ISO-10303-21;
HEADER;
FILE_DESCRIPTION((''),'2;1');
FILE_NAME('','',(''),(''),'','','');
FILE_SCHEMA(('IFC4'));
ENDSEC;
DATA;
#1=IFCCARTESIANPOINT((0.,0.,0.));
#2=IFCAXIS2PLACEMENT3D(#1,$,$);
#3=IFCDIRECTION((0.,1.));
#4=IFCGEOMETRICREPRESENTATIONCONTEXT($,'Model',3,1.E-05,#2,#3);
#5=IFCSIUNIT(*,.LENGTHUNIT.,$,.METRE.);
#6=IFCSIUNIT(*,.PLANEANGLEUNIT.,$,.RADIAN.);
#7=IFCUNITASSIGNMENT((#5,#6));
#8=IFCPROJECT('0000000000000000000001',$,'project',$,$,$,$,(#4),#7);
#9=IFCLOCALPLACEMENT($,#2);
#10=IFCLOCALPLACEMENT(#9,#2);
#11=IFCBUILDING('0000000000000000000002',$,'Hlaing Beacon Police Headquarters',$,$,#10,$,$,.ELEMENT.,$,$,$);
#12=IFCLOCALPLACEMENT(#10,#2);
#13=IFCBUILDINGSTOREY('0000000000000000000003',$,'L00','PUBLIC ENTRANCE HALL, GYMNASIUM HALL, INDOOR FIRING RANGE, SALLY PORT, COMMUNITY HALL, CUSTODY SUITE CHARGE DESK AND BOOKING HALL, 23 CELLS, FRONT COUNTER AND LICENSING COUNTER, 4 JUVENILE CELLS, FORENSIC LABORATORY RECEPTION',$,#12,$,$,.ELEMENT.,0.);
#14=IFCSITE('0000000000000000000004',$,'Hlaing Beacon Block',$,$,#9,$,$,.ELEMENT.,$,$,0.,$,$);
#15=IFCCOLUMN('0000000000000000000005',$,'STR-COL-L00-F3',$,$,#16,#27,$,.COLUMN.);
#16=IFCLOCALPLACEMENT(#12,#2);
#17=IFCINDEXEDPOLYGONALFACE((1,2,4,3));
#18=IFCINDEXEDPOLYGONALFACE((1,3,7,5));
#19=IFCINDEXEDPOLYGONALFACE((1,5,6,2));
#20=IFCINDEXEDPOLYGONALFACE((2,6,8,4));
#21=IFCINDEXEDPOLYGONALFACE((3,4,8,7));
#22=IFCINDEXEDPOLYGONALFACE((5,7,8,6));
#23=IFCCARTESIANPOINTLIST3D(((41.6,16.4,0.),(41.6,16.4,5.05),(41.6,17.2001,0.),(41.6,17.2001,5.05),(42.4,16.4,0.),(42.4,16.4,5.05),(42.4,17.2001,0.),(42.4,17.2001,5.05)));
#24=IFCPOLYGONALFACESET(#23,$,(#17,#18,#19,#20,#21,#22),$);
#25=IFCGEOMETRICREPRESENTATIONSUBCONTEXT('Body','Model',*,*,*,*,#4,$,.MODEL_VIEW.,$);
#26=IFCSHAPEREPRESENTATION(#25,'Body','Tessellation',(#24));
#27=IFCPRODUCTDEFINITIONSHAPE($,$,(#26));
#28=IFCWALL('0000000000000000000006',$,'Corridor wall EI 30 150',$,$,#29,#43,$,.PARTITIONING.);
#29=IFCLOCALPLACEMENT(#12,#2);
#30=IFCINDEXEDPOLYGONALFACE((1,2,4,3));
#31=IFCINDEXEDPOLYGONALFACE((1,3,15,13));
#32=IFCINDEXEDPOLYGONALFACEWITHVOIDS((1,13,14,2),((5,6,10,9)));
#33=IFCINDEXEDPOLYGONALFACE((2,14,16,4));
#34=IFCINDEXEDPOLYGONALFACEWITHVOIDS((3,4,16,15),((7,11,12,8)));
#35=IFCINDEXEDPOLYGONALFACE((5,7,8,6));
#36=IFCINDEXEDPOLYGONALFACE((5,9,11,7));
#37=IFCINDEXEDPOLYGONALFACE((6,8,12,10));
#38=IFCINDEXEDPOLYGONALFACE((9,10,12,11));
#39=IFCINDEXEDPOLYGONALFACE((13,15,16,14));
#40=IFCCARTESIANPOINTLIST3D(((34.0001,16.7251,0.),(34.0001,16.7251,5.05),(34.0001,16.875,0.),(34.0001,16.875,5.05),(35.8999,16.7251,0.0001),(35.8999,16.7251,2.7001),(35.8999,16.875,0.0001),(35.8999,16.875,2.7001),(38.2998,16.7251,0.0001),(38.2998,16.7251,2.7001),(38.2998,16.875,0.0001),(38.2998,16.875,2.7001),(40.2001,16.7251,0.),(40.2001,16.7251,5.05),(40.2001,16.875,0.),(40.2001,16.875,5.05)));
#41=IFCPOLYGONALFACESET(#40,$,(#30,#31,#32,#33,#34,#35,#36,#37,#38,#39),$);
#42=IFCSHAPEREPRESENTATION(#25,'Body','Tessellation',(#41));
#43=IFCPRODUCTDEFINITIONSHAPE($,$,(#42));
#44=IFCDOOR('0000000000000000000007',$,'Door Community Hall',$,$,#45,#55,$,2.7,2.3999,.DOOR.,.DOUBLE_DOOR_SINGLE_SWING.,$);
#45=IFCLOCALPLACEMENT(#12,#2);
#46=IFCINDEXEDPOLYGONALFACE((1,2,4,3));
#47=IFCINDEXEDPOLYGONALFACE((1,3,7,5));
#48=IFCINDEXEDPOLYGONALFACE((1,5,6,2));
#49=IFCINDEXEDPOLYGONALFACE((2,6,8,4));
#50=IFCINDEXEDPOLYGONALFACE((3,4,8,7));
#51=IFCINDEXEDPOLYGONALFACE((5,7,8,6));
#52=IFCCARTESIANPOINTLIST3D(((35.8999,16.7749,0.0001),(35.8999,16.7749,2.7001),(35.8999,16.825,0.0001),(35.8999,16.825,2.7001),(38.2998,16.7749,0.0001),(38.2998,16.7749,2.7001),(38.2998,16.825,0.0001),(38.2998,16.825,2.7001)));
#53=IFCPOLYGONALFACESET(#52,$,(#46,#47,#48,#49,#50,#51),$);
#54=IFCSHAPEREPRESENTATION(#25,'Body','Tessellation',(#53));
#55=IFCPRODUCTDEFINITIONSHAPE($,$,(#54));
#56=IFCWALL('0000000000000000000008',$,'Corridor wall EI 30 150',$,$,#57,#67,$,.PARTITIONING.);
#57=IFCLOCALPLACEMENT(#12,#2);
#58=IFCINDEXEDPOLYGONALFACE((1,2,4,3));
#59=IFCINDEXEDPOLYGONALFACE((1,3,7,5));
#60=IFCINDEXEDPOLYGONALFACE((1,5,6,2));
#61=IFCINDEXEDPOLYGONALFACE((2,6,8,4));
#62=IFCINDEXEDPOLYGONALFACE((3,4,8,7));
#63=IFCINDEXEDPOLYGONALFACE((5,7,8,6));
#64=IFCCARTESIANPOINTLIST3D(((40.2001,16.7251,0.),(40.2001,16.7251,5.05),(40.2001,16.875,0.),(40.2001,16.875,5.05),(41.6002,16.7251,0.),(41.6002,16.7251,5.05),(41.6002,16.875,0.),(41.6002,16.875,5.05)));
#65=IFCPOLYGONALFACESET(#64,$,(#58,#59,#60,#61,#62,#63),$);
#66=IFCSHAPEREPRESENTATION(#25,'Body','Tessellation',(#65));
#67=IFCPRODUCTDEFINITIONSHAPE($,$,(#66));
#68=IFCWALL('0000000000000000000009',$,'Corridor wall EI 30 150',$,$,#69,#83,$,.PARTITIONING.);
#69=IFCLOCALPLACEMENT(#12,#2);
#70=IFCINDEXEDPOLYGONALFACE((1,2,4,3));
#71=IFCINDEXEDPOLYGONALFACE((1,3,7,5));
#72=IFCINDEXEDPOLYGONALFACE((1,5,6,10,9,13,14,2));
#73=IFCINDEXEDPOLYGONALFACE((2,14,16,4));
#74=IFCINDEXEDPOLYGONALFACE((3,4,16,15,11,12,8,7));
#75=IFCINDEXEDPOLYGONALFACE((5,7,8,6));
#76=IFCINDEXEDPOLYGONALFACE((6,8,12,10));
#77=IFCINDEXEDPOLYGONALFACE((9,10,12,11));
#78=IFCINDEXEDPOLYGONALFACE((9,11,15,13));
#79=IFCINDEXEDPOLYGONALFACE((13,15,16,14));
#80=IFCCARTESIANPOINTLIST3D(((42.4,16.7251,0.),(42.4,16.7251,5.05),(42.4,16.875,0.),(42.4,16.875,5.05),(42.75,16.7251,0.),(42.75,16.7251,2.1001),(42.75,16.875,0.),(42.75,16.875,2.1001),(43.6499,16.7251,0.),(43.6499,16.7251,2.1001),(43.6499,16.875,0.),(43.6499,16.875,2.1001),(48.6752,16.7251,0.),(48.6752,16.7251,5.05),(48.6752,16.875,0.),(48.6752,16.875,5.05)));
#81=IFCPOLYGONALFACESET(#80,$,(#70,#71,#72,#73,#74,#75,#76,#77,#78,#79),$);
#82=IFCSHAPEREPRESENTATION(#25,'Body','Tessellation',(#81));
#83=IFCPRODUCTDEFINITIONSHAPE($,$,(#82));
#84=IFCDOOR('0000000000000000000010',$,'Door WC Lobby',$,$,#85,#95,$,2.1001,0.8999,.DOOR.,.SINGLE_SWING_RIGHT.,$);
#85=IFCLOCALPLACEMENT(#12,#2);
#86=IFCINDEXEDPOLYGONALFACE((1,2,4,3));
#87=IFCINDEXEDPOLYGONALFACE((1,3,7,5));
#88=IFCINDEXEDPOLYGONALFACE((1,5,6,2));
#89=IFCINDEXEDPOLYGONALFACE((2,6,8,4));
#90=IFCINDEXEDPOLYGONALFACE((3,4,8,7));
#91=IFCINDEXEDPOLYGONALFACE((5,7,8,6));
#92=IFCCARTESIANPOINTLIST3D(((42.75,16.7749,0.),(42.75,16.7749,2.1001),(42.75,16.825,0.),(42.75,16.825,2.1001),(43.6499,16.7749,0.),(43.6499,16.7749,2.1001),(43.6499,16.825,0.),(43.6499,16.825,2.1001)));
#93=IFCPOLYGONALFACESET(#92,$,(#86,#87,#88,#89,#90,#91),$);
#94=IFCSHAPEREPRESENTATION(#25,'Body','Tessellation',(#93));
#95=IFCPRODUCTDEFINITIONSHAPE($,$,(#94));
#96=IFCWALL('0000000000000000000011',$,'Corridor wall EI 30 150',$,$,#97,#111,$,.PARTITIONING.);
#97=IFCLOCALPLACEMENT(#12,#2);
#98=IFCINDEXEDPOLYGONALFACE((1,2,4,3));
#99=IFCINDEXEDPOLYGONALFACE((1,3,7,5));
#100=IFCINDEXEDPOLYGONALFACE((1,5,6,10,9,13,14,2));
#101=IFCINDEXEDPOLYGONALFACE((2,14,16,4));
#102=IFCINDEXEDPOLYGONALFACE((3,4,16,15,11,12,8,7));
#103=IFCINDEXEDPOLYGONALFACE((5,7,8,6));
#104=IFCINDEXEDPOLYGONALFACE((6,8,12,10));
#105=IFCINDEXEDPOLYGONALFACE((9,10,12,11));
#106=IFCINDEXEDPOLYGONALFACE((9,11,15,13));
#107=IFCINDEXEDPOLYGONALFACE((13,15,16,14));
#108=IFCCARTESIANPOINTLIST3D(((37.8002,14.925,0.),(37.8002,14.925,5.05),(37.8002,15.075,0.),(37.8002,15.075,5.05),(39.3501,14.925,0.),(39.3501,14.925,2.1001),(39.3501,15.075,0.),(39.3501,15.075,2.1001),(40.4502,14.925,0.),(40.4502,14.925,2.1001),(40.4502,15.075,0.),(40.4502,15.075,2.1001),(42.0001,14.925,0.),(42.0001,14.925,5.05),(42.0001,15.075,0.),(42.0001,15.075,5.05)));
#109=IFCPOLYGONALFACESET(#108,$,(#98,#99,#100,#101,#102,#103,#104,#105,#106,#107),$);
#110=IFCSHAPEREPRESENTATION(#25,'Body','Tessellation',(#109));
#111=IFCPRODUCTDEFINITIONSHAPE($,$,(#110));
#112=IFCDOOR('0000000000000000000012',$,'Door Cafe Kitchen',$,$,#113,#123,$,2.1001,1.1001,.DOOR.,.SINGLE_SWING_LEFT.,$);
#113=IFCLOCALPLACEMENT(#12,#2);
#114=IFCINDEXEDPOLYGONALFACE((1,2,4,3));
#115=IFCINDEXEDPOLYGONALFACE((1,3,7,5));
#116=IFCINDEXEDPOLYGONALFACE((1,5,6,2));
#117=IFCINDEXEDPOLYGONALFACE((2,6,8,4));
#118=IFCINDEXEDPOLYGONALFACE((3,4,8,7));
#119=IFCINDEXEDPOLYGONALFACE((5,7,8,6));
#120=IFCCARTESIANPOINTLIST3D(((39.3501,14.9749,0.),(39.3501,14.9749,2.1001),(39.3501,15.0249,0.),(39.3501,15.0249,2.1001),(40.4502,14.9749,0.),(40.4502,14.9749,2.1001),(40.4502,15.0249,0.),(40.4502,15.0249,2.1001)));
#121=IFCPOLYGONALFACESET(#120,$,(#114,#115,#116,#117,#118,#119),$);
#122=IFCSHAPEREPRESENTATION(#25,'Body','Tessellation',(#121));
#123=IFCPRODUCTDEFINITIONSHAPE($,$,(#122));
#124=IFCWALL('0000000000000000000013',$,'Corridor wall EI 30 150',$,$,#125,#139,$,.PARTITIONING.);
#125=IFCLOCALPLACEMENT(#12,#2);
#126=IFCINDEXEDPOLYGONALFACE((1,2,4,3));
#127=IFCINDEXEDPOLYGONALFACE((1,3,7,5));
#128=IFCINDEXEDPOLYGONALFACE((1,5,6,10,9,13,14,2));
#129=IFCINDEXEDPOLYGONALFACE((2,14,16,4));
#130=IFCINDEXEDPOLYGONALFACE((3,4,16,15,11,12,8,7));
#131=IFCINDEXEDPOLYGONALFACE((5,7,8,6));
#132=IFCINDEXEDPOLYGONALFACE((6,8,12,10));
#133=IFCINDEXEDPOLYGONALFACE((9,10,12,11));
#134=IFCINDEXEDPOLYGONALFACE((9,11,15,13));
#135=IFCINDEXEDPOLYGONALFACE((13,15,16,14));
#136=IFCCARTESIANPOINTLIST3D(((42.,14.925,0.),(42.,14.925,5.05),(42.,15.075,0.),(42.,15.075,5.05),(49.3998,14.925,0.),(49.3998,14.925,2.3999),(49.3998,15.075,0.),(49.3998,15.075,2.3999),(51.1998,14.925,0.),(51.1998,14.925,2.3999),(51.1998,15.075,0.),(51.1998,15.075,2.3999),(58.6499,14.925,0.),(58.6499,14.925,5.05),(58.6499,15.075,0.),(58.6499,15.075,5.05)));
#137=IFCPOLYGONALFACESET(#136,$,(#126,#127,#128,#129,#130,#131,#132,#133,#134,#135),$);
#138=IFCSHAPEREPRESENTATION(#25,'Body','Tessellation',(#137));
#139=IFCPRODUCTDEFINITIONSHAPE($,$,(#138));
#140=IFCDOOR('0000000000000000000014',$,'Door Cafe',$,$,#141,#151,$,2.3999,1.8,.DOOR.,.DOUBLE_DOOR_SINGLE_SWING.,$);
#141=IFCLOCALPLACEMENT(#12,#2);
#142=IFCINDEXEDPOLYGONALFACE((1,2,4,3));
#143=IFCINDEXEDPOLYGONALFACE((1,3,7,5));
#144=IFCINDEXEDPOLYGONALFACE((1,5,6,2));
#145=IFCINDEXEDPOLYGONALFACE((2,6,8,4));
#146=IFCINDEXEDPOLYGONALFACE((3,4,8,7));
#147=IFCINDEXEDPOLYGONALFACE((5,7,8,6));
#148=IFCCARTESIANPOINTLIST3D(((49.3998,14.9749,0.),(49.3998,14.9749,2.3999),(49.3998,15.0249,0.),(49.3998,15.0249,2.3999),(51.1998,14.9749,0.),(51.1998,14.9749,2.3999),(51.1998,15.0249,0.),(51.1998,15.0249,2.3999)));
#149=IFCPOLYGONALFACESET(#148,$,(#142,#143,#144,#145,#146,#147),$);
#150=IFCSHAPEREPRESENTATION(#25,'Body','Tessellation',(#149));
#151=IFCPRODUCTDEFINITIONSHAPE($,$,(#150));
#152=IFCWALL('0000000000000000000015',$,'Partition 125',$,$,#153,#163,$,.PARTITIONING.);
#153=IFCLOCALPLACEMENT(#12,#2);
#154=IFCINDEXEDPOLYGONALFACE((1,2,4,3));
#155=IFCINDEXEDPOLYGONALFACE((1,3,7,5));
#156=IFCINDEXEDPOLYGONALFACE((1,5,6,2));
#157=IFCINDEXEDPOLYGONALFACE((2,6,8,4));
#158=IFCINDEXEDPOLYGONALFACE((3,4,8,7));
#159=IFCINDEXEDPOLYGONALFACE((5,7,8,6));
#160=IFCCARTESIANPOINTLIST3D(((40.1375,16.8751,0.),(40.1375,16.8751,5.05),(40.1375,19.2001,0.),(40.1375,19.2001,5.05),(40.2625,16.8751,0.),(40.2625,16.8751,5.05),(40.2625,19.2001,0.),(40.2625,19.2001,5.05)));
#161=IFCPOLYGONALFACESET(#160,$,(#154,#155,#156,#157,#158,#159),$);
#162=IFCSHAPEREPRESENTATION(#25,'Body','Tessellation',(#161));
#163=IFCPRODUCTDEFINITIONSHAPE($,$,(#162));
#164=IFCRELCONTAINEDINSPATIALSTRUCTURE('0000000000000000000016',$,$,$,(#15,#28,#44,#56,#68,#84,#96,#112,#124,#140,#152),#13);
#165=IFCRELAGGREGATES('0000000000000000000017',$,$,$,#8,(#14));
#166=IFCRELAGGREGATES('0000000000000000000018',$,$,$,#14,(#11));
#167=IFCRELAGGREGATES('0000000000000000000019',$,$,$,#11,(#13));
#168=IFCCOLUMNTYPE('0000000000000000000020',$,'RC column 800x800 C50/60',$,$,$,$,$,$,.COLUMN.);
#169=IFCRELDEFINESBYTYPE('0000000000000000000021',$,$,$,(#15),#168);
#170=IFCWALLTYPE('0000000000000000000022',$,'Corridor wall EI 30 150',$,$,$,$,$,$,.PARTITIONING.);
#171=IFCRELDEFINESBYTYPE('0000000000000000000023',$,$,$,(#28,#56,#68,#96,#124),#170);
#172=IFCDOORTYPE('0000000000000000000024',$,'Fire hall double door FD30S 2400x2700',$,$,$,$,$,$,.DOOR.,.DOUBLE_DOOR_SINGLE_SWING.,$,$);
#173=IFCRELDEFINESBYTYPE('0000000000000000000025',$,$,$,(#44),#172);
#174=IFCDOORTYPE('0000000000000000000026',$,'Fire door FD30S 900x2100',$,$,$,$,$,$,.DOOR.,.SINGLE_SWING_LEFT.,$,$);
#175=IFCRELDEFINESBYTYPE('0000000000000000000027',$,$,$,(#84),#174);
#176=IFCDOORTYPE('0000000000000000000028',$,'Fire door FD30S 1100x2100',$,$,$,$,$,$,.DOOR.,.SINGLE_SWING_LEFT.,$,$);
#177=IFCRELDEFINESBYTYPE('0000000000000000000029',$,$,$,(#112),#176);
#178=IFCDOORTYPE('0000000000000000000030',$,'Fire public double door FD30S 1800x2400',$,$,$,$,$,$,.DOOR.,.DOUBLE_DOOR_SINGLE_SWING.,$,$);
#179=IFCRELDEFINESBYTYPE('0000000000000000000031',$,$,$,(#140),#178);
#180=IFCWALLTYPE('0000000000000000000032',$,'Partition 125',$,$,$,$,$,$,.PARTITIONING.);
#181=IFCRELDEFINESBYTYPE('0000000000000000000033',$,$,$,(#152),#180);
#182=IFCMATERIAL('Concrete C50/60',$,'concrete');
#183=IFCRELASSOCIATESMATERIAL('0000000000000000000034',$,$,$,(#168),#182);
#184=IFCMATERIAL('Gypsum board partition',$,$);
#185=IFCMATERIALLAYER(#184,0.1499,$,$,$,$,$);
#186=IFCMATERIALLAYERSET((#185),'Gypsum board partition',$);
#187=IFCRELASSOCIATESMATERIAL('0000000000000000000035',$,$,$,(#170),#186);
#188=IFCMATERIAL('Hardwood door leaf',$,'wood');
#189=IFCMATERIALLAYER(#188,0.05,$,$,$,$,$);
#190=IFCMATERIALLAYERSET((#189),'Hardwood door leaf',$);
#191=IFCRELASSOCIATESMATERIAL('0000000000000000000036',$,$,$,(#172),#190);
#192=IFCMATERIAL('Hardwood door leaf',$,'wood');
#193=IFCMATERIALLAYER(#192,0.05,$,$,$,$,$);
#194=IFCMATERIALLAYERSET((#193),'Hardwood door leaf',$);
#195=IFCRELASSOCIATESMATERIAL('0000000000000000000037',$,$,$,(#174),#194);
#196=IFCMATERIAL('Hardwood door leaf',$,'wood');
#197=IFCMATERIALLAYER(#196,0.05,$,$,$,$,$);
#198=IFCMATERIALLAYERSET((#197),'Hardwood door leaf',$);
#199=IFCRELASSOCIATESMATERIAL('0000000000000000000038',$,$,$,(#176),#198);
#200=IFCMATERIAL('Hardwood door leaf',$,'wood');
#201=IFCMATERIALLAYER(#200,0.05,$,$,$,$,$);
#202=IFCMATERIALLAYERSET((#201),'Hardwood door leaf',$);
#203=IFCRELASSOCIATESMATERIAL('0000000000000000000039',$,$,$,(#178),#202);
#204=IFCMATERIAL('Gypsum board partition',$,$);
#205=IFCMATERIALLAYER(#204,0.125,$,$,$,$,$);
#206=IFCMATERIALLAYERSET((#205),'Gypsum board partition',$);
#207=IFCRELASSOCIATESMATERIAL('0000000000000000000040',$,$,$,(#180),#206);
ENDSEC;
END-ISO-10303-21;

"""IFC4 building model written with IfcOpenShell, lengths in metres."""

from ifc_helpers import new_model, si_unit, direction, frame, frame_2d, origin, origin_2d, place, context, subcontext, project, spatial, rectangle, extrude, material, layer, layer_set, material_profile, profile_set, type_object, element, fill, save


model = new_model("IFC4")

# Units and contexts
model_context = context("Model", 3, precision=1e-05, world=origin(), true_north=direction((0.0, 1.0)))
body_context = subcontext(model_context, "Body", "Model", "MODEL_VIEW")
ifc_project = project(units=[si_unit("LENGTHUNIT", "METRE"), si_unit("PLANEANGLEUNIT", "RADIAN")], contexts=[model_context])

# Site, building, storey
site_placement = place(None, origin())
site = spatial("IfcSite", under=ifc_project, at=site_placement, Name="Hlaing Beacon Block", CompositionType="ELEMENT", RefElevation=0.0)
building_placement = place(site_placement, origin())
building = spatial("IfcBuilding", under=site, at=building_placement, Name="Hlaing Beacon Police Headquarters", CompositionType="ELEMENT")
storey_placement = place(building_placement, origin())
storey = spatial("IfcBuildingStorey", under=building, at=storey_placement, Name="L00", Description="PUBLIC ENTRANCE HALL, GYMNASIUM HALL, INDOOR FIRING RANGE, SALLY PORT, COMMUNITY HALL, CUSTODY SUITE CHARGE DESK AND BOOKING HALL, 23 CELLS, FRONT COUNTER AND LICENSING COUNTER, 4 JUVENILE CELLS, FORENSIC LABORATORY RECEPTION", CompositionType="ELEMENT", Elevation=0.0)

# Column
ifc_material_1 = material(Name="Concrete C50/60", Category="concrete")
ifc_material_profile = material_profile(ifc_material_1, rectangle(XDim=0.8, YDim=0.8, at=origin_2d()), Name="800x800")
ifc_profile_set = profile_set([ifc_material_profile], Name="Concrete C50/60")
column_type = type_object("IfcColumnType", Name="RC column 800x800 C50/60", PredefinedType="COLUMN", material=ifc_profile_set)
column_placement = place(storey_placement, frame((42.0, 16.8, 0.0), z_axis=(0.0, 0.0, 1.0), x_axis=(1.0, 0.0, 0.0)))
element("IfcColumn", 1, at=column_placement, inside=storey, type_object=column_type, Name="STR-COL-L00-F3", PredefinedType="COLUMN", context=body_context, shape_type="SweptSolid", body=[
    extrude(rectangle(XDim=0.8, YDim=0.8, at=origin_2d()), origin(), (0.0, 0.0, 1.0), 5.05),
])

# Wall, opening, door
ifc_material_2 = material(Name="Gypsum board partition")
ifc_layer_1 = layer(ifc_material_2, 0.1499)
ifc_layer_set_1 = layer_set([ifc_layer_1], Name="Gypsum board partition")
wall_type_1 = type_object("IfcWallType", Name="Corridor wall EI 30 150", PredefinedType="PARTITIONING", material=ifc_layer_set_1)
wall_1_placement = place(storey_placement, frame((34.0, 16.8, 0.0), z_axis=(0.0, 0.0, 1.0), x_axis=(1.0, 0.0, 0.0)))
wall_1 = element("IfcWall", 2, at=wall_1_placement, inside=storey, type_object=wall_type_1, Name="Corridor wall EI 30 150", PredefinedType="PARTITIONING", context=body_context, shape_type="SweptSolid", body=[
    extrude(rectangle(XDim=6.2, YDim=0.1499, at=frame_2d((3.1001, 0.0))), origin(), (0.0, 0.0, 1.0), 5.05),
])
opening_1_placement = place(wall_1_placement, frame((1.8999, 0.0, 0.0)))
opening_1 = element("IfcOpeningElement", 3, at=opening_1_placement, cuts=wall_1, PredefinedType="OPENING", context=body_context, shape_type="SweptSolid", body=[
    extrude(rectangle(XDim=2.3999, YDim=2.7, at=frame_2d((1.2, 1.3501))), frame((0.0, 0.085, 0.0), z_axis=(0.0, -1.0, 0.0), x_axis=(1.0, 0.0, 0.0)), (0.0, 0.0, 1.0), 0.1699),
])
ifc_material_3 = material(Name="Hardwood door leaf", Category="wood")
ifc_layer_2 = layer(ifc_material_3, 0.05)
ifc_layer_set_2 = layer_set([ifc_layer_2], Name="Hardwood door leaf")
door_type_1 = type_object("IfcDoorType", Name="Fire hall double door FD30S 2400x2700", OperationType="DOUBLE_DOOR_SINGLE_SWING", PredefinedType="DOOR", material=ifc_layer_set_2)
door_1_placement = place(opening_1_placement, frame((2.3999, 0.0, 0.0), z_axis=(0.0, 0.0, 1.0), x_axis=(-1.0, 0.0, 0.0)))
door_1 = element("IfcDoor", 4, at=door_1_placement, inside=storey, type_object=door_type_1, Name="Door Community Hall", OperationType="DOUBLE_DOOR_SINGLE_SWING", OverallHeight=2.7, OverallWidth=2.3999, PredefinedType="DOOR", context=body_context, shape_type="SweptSolid", body=[
    extrude(rectangle(XDim=2.3999, YDim=2.7, at=frame_2d((1.2, 1.3501))), frame((0.0, 0.0251, 0.0), z_axis=(0.0, -1.0, 0.0), x_axis=(1.0, 0.0, 0.0)), (0.0, 0.0, 1.0), 0.05),
])
fill(opening_1, door_1)

# Wall
wall_2_placement = place(storey_placement, frame((40.2, 16.8, 0.0), z_axis=(0.0, 0.0, 1.0), x_axis=(1.0, 0.0, 0.0)))
element("IfcWall", 5, at=wall_2_placement, inside=storey, type_object=wall_type_1, Name="Corridor wall EI 30 150", PredefinedType="PARTITIONING", context=body_context, shape_type="SweptSolid", body=[
    extrude(rectangle(XDim=1.4001, YDim=0.1499, at=frame_2d((0.7002, 0.0))), origin(), (0.0, 0.0, 1.0), 5.05),
])

# Walls, openings, doors
wall_3_placement = place(storey_placement, frame((42.3999, 16.8, 0.0), z_axis=(0.0, 0.0, 1.0), x_axis=(1.0, 0.0, 0.0)))
wall_3 = element("IfcWall", 6, at=wall_3_placement, inside=storey, type_object=wall_type_1, Name="Corridor wall EI 30 150", PredefinedType="PARTITIONING", context=body_context, shape_type="SweptSolid", body=[
    extrude(rectangle(XDim=6.2751, YDim=0.1499, at=frame_2d((3.1377, 0.0))), origin(), (0.0, 0.0, 1.0), 5.05),
])
opening_2_placement = place(wall_3_placement, frame((0.3501, 0.0, 0.0)))
opening_2 = element("IfcOpeningElement", 7, at=opening_2_placement, cuts=wall_3, PredefinedType="OPENING", context=body_context, shape_type="SweptSolid", body=[
    extrude(rectangle(XDim=0.8999, YDim=2.1001, at=frame_2d((0.45, 1.05))), frame((0.0, 0.085, 0.0), z_axis=(0.0, -1.0, 0.0), x_axis=(1.0, 0.0, 0.0)), (0.0, 0.0, 1.0), 0.1699),
])
ifc_material_4 = material(Name="Hardwood door leaf", Category="wood")
ifc_layer_3 = layer(ifc_material_4, 0.05)
ifc_layer_set_3 = layer_set([ifc_layer_3], Name="Hardwood door leaf")
door_type_2 = type_object("IfcDoorType", Name="Fire door FD30S 900x2100", OperationType="SINGLE_SWING_LEFT", PredefinedType="DOOR", material=ifc_layer_set_3)
door_2_placement = place(opening_2_placement, origin())
door_2 = element("IfcDoor", 8, at=door_2_placement, inside=storey, type_object=door_type_2, Name="Door WC Lobby", OperationType="SINGLE_SWING_RIGHT", OverallHeight=2.1001, OverallWidth=0.8999, PredefinedType="DOOR", context=body_context, shape_type="SweptSolid", body=[
    extrude(rectangle(XDim=0.8999, YDim=2.1001, at=frame_2d((0.45, 1.05))), frame((0.0, 0.0249, 0.0), z_axis=(0.0, -1.0, 0.0), x_axis=(1.0, 0.0, 0.0)), (0.0, 0.0, 1.0), 0.05),
])
fill(opening_2, door_2)
wall_4_placement = place(storey_placement, frame((37.8, 15.0, 0.0), z_axis=(0.0, 0.0, 1.0), x_axis=(1.0, 0.0, 0.0)))
wall_4 = element("IfcWall", 9, at=wall_4_placement, inside=storey, type_object=wall_type_1, Name="Corridor wall EI 30 150", PredefinedType="PARTITIONING", context=body_context, shape_type="SweptSolid", body=[
    extrude(rectangle(XDim=4.2, YDim=0.1499, at=frame_2d((2.1001, 0.0))), origin(), (0.0, 0.0, 1.0), 5.05),
])
opening_3_placement = place(wall_4_placement, frame((1.55, 0.0, 0.0)))
opening_3 = element("IfcOpeningElement", 10, at=opening_3_placement, cuts=wall_4, PredefinedType="OPENING", context=body_context, shape_type="SweptSolid", body=[
    extrude(rectangle(XDim=1.1001, YDim=2.1001, at=frame_2d((0.55, 1.05))), frame((0.0, 0.085, 0.0), z_axis=(0.0, -1.0, 0.0), x_axis=(1.0, 0.0, 0.0)), (0.0, 0.0, 1.0), 0.1699),
])
ifc_material_5 = material(Name="Hardwood door leaf", Category="wood")
ifc_layer_4 = layer(ifc_material_5, 0.05)
ifc_layer_set_4 = layer_set([ifc_layer_4], Name="Hardwood door leaf")
door_type_3 = type_object("IfcDoorType", Name="Fire door FD30S 1100x2100", OperationType="SINGLE_SWING_LEFT", PredefinedType="DOOR", material=ifc_layer_set_4)
door_3_placement = place(opening_3_placement, frame((1.1001, 0.0, 0.0), z_axis=(0.0, 0.0, 1.0), x_axis=(-1.0, 0.0, 0.0)))
door_3 = element("IfcDoor", 11, at=door_3_placement, inside=storey, type_object=door_type_3, Name="Door Cafe Kitchen", OperationType="SINGLE_SWING_LEFT", OverallHeight=2.1001, OverallWidth=1.1001, PredefinedType="DOOR", context=body_context, shape_type="SweptSolid", body=[
    extrude(rectangle(XDim=1.1001, YDim=2.1001, at=frame_2d((0.55, 1.05))), frame((0.0, 0.0251, 0.0), z_axis=(0.0, -1.0, 0.0), x_axis=(1.0, 0.0, 0.0)), (0.0, 0.0, 1.0), 0.05),
])
fill(opening_3, door_3)
wall_5_placement = place(storey_placement, frame((42.0, 15.0, 0.0), z_axis=(0.0, 0.0, 1.0), x_axis=(1.0, 0.0, 0.0)))
wall_5 = element("IfcWall", 12, at=wall_5_placement, inside=storey, type_object=wall_type_1, Name="Corridor wall EI 30 150", PredefinedType="PARTITIONING", context=body_context, shape_type="SweptSolid", body=[
    extrude(rectangle(XDim=16.6499, YDim=0.1499, at=frame_2d((8.325, 0.0))), origin(), (0.0, 0.0, 1.0), 5.05),
])
opening_4_placement = place(wall_5_placement, frame((7.3999, 0.0, 0.0)))
opening_4 = element("IfcOpeningElement", 13, at=opening_4_placement, cuts=wall_5, PredefinedType="OPENING", context=body_context, shape_type="SweptSolid", body=[
    extrude(rectangle(XDim=1.8, YDim=2.3999, at=frame_2d((0.8999, 1.2))), frame((0.0, 0.085, 0.0), z_axis=(0.0, -1.0, 0.0), x_axis=(1.0, 0.0, 0.0)), (0.0, 0.0, 1.0), 0.1699),
])
ifc_material_6 = material(Name="Hardwood door leaf", Category="wood")
ifc_layer_5 = layer(ifc_material_6, 0.05)
ifc_layer_set_5 = layer_set([ifc_layer_5], Name="Hardwood door leaf")
door_type_4 = type_object("IfcDoorType", Name="Fire public double door FD30S 1800x2400", OperationType="DOUBLE_DOOR_SINGLE_SWING", PredefinedType="DOOR", material=ifc_layer_set_5)
door_4_placement = place(opening_4_placement, origin())
door_4 = element("IfcDoor", 14, at=door_4_placement, inside=storey, type_object=door_type_4, Name="Door Cafe", OperationType="DOUBLE_DOOR_SINGLE_SWING", OverallHeight=2.3999, OverallWidth=1.8, PredefinedType="DOOR", context=body_context, shape_type="SweptSolid", body=[
    extrude(rectangle(XDim=1.8, YDim=2.3999, at=frame_2d((0.8999, 1.2))), frame((0.0, 0.0249, 0.0), z_axis=(0.0, -1.0, 0.0), x_axis=(1.0, 0.0, 0.0)), (0.0, 0.0, 1.0), 0.05),
])
fill(opening_4, door_4)

# Wall
ifc_material_7 = material(Name="Gypsum board partition")
ifc_layer_6 = layer(ifc_material_7, 0.125)
ifc_layer_set_6 = layer_set([ifc_layer_6], Name="Gypsum board partition")
wall_type_2 = type_object("IfcWallType", Name="Partition 125", PredefinedType="PARTITIONING", material=ifc_layer_set_6)
wall_6_placement = place(storey_placement, frame((40.2, 16.875, 0.0), z_axis=(0.0, 0.0, 1.0), x_axis=(0.0, 1.0, 0.0)))
element("IfcWall", 15, at=wall_6_placement, inside=storey, type_object=wall_type_2, Name="Partition 125", PredefinedType="PARTITIONING", context=body_context, shape_type="SweptSolid", body=[
    extrude(rectangle(XDim=2.325, YDim=0.125, at=frame_2d((1.1626, 0.0))), origin(), (0.0, 0.0, 1.0), 5.05),
])

save(model, "model.ifc")
